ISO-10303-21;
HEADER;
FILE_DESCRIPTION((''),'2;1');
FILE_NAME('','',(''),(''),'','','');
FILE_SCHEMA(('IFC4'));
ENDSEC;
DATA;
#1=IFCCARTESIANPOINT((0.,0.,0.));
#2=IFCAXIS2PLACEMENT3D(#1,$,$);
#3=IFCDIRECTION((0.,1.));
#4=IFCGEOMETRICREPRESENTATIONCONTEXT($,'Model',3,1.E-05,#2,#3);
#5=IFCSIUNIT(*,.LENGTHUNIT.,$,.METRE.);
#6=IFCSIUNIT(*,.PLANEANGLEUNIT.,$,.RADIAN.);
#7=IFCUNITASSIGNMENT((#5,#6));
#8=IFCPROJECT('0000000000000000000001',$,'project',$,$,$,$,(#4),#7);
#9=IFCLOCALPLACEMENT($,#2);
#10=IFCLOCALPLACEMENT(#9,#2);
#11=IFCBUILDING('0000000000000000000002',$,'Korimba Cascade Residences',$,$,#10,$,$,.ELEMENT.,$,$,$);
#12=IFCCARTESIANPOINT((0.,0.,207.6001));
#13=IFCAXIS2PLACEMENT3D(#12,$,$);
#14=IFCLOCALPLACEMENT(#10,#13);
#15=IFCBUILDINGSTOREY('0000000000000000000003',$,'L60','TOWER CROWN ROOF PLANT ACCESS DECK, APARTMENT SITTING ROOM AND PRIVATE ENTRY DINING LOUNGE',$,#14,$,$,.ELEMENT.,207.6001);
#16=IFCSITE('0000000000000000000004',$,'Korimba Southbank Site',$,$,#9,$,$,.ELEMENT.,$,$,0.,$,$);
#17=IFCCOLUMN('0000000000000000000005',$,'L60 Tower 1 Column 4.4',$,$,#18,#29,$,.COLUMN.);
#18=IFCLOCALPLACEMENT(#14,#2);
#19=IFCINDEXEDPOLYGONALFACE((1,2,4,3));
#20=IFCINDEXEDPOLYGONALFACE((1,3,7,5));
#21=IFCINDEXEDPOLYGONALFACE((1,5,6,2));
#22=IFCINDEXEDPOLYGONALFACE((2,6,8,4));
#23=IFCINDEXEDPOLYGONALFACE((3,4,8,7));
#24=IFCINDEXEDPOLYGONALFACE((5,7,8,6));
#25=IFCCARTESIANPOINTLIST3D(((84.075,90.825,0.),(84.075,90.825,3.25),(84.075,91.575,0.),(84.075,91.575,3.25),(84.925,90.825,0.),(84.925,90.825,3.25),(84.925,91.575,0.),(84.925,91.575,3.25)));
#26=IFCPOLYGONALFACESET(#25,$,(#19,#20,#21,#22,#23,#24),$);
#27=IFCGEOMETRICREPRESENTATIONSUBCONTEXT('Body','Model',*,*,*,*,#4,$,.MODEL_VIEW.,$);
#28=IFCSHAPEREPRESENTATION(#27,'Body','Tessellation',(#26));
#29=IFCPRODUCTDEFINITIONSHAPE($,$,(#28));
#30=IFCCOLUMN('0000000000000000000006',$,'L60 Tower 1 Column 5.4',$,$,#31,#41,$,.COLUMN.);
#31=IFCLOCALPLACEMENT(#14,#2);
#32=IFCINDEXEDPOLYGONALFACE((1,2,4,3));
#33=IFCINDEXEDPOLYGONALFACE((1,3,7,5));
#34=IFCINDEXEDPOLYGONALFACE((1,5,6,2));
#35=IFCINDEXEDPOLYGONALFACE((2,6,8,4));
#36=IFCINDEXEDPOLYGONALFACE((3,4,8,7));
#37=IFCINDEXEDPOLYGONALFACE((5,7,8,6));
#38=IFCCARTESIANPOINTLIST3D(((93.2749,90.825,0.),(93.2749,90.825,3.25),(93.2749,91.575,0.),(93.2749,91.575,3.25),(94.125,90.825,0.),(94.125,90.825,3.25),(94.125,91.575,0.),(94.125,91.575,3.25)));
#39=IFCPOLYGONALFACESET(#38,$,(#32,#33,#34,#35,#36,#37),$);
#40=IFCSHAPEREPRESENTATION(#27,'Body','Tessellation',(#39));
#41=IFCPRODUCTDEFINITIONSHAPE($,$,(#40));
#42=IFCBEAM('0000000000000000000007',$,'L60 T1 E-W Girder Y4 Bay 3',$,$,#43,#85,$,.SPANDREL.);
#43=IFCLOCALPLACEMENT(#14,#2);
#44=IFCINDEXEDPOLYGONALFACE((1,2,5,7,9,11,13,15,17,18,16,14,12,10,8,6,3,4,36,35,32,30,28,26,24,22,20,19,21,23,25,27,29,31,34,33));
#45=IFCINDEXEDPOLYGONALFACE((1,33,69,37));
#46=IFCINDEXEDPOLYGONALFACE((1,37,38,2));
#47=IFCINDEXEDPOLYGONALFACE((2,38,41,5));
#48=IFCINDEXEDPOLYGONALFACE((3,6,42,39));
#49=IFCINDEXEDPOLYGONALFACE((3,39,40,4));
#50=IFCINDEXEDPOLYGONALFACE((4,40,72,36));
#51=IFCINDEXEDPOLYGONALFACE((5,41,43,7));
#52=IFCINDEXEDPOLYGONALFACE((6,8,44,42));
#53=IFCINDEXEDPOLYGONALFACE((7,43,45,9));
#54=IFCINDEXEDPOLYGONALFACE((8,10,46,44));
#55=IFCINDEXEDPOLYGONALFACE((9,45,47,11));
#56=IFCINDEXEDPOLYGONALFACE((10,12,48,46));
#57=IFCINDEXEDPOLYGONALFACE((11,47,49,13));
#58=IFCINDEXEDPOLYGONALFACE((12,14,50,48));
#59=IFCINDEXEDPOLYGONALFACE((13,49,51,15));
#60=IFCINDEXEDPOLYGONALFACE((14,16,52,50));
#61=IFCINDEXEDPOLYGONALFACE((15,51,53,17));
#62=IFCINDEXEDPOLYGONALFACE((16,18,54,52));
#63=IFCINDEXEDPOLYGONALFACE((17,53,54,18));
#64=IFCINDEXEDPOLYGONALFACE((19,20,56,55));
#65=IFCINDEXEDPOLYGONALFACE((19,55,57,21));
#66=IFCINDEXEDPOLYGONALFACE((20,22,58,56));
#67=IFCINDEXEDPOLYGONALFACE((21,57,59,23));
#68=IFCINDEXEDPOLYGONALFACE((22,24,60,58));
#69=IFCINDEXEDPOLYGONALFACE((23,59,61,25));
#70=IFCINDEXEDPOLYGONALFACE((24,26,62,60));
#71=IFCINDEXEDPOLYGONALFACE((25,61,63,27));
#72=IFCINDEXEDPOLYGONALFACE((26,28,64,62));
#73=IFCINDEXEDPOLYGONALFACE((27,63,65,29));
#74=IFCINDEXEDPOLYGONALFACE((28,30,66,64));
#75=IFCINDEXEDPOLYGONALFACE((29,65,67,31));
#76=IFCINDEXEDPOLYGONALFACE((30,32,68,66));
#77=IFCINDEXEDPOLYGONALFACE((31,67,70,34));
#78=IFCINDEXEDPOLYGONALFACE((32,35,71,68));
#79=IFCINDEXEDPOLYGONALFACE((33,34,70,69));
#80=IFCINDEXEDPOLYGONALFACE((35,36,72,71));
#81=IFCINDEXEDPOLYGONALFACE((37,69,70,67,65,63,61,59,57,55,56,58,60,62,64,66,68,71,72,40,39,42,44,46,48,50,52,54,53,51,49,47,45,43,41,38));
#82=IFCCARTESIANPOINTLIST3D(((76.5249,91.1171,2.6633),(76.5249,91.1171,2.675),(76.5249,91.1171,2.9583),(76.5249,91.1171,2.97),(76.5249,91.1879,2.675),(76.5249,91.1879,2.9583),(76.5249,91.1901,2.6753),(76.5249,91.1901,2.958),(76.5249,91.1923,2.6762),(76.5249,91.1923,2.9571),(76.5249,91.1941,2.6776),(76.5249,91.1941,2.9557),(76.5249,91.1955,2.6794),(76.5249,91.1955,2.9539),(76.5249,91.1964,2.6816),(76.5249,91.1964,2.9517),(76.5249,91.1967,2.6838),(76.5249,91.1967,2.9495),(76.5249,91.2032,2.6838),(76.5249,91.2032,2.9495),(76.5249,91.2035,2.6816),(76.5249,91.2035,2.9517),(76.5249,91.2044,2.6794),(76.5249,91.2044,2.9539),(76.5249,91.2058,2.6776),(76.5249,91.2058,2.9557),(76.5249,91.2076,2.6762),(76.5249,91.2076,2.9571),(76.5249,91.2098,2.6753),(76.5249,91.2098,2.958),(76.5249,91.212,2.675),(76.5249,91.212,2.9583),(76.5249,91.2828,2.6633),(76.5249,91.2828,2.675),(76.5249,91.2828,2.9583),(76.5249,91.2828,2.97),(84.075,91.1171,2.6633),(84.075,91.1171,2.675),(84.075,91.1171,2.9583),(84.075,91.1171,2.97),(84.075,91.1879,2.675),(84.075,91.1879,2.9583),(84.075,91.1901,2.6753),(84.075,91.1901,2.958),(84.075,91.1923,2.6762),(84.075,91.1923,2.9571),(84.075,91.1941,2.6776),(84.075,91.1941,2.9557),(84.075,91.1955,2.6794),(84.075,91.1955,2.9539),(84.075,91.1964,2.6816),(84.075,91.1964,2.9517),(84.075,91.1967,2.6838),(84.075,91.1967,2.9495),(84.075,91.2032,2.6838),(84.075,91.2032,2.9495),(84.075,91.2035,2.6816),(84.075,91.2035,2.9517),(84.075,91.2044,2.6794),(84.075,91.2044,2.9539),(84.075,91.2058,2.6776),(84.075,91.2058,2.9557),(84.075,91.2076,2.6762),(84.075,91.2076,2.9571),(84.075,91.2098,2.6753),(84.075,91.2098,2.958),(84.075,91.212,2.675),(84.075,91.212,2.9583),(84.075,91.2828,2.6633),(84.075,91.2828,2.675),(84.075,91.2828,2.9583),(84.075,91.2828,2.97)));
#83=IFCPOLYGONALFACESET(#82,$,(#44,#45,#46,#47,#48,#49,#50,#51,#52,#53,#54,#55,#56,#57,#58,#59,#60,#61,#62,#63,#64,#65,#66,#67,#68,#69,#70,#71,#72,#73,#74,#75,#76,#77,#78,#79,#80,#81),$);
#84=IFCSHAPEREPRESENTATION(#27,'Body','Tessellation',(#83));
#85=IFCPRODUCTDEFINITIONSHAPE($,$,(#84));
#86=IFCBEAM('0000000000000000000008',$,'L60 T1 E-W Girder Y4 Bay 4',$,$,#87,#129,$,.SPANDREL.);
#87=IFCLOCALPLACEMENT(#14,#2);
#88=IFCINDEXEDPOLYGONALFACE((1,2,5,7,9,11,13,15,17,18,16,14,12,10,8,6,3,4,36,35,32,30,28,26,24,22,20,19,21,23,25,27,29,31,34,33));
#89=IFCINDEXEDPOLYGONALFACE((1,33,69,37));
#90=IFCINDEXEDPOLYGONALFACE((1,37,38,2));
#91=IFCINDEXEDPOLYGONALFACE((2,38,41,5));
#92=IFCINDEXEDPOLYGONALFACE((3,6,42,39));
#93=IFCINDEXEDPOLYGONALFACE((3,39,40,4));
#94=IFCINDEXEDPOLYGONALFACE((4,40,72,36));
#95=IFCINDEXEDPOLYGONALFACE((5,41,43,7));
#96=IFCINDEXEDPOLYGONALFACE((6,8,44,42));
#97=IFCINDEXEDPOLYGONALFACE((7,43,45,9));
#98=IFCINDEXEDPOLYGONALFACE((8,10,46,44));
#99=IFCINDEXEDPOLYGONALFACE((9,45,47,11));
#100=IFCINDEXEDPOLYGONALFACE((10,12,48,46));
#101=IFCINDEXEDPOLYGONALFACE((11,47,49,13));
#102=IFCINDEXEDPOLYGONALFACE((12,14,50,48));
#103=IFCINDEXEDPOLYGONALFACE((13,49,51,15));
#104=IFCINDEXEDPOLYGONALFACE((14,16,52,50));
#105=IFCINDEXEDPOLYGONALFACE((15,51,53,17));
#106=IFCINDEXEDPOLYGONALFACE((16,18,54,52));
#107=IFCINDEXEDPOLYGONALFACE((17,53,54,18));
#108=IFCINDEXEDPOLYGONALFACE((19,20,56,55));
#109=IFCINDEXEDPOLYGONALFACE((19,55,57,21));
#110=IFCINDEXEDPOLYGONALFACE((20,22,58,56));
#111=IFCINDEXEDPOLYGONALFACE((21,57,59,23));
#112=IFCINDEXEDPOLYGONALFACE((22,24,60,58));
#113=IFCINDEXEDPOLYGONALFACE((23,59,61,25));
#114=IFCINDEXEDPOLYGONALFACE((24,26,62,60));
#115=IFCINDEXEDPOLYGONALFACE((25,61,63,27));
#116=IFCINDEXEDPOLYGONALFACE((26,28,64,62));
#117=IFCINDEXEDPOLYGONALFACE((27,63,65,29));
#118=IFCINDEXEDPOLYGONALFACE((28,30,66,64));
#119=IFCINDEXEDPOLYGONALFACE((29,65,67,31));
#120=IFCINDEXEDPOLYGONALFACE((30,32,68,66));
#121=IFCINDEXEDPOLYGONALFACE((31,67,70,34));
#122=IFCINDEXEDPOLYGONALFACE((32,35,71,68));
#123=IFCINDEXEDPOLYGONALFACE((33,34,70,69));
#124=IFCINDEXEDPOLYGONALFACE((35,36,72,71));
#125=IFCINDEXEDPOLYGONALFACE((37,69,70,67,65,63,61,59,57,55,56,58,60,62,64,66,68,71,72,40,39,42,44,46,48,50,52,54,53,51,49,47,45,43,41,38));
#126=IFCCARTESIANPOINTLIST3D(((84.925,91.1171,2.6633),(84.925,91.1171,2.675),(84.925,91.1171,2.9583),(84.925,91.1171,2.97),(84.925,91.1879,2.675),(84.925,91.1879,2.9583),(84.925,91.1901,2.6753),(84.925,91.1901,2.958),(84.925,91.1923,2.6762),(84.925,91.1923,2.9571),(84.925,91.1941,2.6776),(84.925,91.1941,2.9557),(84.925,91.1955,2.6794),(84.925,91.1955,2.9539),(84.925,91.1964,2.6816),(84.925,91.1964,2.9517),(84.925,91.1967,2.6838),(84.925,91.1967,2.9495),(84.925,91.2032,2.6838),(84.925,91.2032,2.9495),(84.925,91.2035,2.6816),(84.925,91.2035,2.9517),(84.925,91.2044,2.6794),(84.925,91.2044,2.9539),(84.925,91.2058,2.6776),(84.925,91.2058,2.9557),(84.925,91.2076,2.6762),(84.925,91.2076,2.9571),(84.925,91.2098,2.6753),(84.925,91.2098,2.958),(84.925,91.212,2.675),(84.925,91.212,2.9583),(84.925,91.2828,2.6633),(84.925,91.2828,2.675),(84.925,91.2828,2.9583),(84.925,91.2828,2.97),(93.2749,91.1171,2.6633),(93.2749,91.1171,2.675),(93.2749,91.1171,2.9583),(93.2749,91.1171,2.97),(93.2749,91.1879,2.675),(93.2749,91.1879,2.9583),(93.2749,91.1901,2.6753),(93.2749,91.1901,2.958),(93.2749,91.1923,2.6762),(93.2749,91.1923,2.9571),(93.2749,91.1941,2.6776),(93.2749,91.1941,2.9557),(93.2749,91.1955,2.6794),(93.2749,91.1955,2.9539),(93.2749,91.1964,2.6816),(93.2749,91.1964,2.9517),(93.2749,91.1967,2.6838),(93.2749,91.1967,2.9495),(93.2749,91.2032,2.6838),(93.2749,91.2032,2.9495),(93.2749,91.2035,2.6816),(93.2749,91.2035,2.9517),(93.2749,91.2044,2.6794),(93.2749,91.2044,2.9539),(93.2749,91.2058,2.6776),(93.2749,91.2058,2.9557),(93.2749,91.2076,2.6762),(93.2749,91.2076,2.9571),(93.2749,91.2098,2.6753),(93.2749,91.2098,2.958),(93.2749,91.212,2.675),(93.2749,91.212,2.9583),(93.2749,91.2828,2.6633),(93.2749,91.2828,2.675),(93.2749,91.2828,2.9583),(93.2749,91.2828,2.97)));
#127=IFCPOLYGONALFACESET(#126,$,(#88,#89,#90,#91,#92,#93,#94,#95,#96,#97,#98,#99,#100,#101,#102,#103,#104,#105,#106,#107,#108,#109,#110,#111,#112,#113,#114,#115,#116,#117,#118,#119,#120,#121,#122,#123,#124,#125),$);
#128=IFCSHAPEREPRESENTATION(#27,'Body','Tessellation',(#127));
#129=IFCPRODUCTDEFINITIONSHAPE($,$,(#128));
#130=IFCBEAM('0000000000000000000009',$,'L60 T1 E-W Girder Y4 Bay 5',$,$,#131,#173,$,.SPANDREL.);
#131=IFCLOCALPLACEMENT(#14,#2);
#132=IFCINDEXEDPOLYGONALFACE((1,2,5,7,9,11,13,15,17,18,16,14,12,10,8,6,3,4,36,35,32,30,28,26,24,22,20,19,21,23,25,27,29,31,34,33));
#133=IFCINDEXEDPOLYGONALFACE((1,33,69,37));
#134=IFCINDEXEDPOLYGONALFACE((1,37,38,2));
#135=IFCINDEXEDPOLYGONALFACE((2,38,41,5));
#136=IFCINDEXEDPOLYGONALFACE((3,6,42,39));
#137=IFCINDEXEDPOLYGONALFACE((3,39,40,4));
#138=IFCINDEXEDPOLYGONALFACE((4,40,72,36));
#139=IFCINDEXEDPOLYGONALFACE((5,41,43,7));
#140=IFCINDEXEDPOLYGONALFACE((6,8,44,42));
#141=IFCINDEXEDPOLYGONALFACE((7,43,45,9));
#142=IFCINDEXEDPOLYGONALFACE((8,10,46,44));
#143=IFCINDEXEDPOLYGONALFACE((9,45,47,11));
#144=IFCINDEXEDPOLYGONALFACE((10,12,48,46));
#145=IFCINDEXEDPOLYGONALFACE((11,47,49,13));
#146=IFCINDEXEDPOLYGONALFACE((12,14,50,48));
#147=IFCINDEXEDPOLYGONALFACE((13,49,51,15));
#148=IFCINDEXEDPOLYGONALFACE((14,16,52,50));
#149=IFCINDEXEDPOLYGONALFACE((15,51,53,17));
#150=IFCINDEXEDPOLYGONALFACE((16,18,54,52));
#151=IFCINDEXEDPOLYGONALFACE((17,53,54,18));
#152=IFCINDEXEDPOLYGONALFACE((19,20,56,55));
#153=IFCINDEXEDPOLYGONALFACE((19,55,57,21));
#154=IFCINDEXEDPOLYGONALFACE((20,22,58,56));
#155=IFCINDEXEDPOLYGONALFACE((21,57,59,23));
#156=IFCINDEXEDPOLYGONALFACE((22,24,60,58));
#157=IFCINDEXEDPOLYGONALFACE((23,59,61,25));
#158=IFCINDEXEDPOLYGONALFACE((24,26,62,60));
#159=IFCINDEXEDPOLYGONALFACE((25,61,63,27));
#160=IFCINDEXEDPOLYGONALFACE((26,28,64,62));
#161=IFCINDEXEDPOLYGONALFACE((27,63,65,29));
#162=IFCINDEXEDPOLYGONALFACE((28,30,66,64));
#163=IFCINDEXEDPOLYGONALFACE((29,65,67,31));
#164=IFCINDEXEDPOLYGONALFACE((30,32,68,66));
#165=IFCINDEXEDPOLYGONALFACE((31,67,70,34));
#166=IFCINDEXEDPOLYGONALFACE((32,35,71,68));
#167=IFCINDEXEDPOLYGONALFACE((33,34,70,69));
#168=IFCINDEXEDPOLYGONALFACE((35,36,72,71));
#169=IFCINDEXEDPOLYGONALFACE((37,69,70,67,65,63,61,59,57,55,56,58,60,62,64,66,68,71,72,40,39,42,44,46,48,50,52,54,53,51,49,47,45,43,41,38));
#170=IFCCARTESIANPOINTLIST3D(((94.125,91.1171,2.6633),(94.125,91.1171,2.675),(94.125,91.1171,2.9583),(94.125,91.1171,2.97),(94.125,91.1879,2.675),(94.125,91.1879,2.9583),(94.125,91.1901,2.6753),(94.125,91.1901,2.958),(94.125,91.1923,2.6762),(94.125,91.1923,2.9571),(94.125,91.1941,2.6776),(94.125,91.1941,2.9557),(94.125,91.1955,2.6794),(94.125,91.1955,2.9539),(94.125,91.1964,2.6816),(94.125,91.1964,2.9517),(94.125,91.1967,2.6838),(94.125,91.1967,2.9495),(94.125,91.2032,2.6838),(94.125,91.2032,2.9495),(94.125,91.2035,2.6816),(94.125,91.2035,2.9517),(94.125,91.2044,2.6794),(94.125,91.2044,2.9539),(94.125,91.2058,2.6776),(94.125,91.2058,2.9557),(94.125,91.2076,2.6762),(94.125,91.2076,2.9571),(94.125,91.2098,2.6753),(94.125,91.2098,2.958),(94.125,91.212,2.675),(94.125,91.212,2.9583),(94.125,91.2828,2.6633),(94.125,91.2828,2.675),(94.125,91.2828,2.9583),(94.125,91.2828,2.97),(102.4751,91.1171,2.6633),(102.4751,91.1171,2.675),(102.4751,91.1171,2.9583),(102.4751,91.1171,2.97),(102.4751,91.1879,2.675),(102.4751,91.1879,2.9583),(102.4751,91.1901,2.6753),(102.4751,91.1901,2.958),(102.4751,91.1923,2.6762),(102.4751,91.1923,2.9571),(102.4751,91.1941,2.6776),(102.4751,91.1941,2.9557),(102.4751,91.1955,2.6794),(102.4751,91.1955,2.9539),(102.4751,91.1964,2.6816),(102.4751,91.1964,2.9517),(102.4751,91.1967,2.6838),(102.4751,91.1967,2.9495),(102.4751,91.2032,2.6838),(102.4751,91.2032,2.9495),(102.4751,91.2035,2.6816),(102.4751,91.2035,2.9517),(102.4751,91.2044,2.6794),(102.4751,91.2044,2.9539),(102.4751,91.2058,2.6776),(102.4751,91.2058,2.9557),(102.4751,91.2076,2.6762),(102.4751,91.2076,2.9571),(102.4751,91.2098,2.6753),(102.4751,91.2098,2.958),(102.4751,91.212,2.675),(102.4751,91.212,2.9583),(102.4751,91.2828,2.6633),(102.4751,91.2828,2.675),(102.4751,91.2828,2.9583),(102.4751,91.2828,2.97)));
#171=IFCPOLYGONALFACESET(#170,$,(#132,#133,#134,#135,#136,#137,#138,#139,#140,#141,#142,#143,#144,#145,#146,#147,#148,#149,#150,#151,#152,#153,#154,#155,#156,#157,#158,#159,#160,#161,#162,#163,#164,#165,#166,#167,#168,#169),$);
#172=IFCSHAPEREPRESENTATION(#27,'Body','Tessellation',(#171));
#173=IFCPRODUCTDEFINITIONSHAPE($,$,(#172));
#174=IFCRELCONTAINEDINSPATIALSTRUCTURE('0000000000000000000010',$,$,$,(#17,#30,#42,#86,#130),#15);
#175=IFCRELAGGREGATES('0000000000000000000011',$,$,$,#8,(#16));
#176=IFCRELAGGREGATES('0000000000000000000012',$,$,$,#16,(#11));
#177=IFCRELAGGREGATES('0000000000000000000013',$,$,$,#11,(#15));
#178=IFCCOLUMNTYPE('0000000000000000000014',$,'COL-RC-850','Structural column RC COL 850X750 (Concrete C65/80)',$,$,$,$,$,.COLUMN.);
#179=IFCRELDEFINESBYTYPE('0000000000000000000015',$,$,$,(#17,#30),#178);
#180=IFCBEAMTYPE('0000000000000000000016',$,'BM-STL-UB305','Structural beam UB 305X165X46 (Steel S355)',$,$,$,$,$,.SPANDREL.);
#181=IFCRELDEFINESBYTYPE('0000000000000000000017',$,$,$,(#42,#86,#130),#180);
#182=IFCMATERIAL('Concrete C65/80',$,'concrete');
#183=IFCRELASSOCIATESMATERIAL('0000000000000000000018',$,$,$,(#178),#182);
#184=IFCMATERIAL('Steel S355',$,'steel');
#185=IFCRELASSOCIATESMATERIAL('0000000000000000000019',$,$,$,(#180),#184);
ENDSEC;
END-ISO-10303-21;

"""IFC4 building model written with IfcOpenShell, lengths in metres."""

from ifc_helpers import new_model, si_unit, direction, frame, origin, origin_2d, place, context, subcontext, project, spatial, rectangle, i_section, extrude, material, material_profile, profile_set, type_object, element, save


model = new_model("IFC4")

# Units and contexts
model_context = context("Model", 3, precision=1e-05, world=origin(), true_north=direction((0.0, 1.0)))
body_context = subcontext(model_context, "Body", "Model", "MODEL_VIEW")
ifc_project = project(units=[si_unit("LENGTHUNIT", "METRE"), si_unit("PLANEANGLEUNIT", "RADIAN")], contexts=[model_context])

# Site, building, storey
site_placement = place(None, origin())
site = spatial("IfcSite", under=ifc_project, at=site_placement, Name="Korimba Southbank Site", CompositionType="ELEMENT", RefElevation=0.0)
building_placement = place(site_placement, origin())
building = spatial("IfcBuilding", under=site, at=building_placement, Name="Korimba Cascade Residences", CompositionType="ELEMENT")
storey_placement = place(building_placement, frame((0.0, 0.0, 207.6001)))
storey = spatial("IfcBuildingStorey", under=building, at=storey_placement, Name="L60", Description="TOWER CROWN ROOF PLANT ACCESS DECK, APARTMENT SITTING ROOM AND PRIVATE ENTRY DINING LOUNGE", CompositionType="ELEMENT", Elevation=207.6001)

# Columns
ifc_material_1 = material(Name="Concrete C65/80", Category="concrete")
ifc_material_profile_1 = material_profile(ifc_material_1, rectangle(XDim=0.8501, YDim=0.75, at=origin_2d()), Name="Concrete C65/80")
ifc_profile_set_1 = profile_set([ifc_material_profile_1], Name="Concrete C65/80")
column_type = type_object("IfcColumnType", Name="COL-RC-850", Description="Structural column RC COL 850X750 (Concrete C65/80)", PredefinedType="COLUMN", material=ifc_profile_set_1)
for number, where, z_axis, x_axis, name in (
    (1, (84.5, 91.2, 0.0), (0.0, 0.0, 1.0), (1.0, 0.0, 0.0), "L60 Tower 1 Column 4.4"),
    (2, (93.7, 91.2, 0.0), (0.0, 0.0, 1.0), (1.0, 0.0, 0.0), "L60 Tower 1 Column 5.4"),
):
    element("IfcColumn", number, at=place(storey_placement, frame(where, z_axis=z_axis, x_axis=x_axis)), inside=storey, type_object=column_type, Name=name, PredefinedType="COLUMN", context=body_context, shape_type="SweptSolid", body=[
        extrude(rectangle(XDim=0.8501, YDim=0.75, at=origin_2d()), origin(), (0.0, 0.0, 1.0), 3.25),
    ])

# Beams
ifc_material_2 = material(Name="Steel S355", Category="steel")
ifc_material_profile_2 = material_profile(ifc_material_2, i_section(OverallWidth=0.1658, OverallDepth=0.3066, WebThickness=0.0066, FlangeThickness=0.0117, FilletRadius=0.0088, at=origin_2d()), Name="Steel S355")
ifc_profile_set_2 = profile_set([ifc_material_profile_2], Name="Steel S355")
beam_type = type_object("IfcBeamType", Name="BM-STL-UB305", Description="Structural beam UB 305X165X46 (Steel S355)", PredefinedType="SPANDREL", material=ifc_profile_set_2)
beam_1_placement = place(storey_placement, frame((76.5249, 91.2, 2.8167), z_axis=(1.0, 0.0, 0.0), x_axis=(0.0, 1.0, 0.0)))
element("IfcBeam", 3, at=beam_1_placement, inside=storey, type_object=beam_type, Name="L60 T1 E-W Girder Y4 Bay 3", PredefinedType="SPANDREL", context=body_context, shape_type="SweptSolid", body=[
    extrude(i_section(OverallWidth=0.1658, OverallDepth=0.3066, WebThickness=0.0066, FlangeThickness=0.0117, FilletRadius=0.0088, at=origin_2d()), origin(), (0.0, 0.0, 1.0), 7.55),
])
beam_2_placement = place(storey_placement, frame((84.925, 91.2, 2.8167), z_axis=(1.0, 0.0, 0.0), x_axis=(0.0, 1.0, 0.0)))
element("IfcBeam", 4, at=beam_2_placement, inside=storey, type_object=beam_type, Name="L60 T1 E-W Girder Y4 Bay 4", PredefinedType="SPANDREL", context=body_context, shape_type="SweptSolid", body=[
    extrude(i_section(OverallWidth=0.1658, OverallDepth=0.3066, WebThickness=0.0066, FlangeThickness=0.0117, FilletRadius=0.0088, at=origin_2d()), origin(), (0.0, 0.0, 1.0), 8.3499),
])
beam_3_placement = place(storey_placement, frame((94.125, 91.2, 2.8167), z_axis=(1.0, 0.0, 0.0), x_axis=(0.0, 1.0, 0.0)))
element("IfcBeam", 5, at=beam_3_placement, inside=storey, type_object=beam_type, Name="L60 T1 E-W Girder Y4 Bay 5", PredefinedType="SPANDREL", context=body_context, shape_type="SweptSolid", body=[
    extrude(i_section(OverallWidth=0.1658, OverallDepth=0.3066, WebThickness=0.0066, FlangeThickness=0.0117, FilletRadius=0.0088, at=origin_2d()), origin(), (0.0, 0.0, 1.0), 8.3501),
])

save(model, "model.ifc")
